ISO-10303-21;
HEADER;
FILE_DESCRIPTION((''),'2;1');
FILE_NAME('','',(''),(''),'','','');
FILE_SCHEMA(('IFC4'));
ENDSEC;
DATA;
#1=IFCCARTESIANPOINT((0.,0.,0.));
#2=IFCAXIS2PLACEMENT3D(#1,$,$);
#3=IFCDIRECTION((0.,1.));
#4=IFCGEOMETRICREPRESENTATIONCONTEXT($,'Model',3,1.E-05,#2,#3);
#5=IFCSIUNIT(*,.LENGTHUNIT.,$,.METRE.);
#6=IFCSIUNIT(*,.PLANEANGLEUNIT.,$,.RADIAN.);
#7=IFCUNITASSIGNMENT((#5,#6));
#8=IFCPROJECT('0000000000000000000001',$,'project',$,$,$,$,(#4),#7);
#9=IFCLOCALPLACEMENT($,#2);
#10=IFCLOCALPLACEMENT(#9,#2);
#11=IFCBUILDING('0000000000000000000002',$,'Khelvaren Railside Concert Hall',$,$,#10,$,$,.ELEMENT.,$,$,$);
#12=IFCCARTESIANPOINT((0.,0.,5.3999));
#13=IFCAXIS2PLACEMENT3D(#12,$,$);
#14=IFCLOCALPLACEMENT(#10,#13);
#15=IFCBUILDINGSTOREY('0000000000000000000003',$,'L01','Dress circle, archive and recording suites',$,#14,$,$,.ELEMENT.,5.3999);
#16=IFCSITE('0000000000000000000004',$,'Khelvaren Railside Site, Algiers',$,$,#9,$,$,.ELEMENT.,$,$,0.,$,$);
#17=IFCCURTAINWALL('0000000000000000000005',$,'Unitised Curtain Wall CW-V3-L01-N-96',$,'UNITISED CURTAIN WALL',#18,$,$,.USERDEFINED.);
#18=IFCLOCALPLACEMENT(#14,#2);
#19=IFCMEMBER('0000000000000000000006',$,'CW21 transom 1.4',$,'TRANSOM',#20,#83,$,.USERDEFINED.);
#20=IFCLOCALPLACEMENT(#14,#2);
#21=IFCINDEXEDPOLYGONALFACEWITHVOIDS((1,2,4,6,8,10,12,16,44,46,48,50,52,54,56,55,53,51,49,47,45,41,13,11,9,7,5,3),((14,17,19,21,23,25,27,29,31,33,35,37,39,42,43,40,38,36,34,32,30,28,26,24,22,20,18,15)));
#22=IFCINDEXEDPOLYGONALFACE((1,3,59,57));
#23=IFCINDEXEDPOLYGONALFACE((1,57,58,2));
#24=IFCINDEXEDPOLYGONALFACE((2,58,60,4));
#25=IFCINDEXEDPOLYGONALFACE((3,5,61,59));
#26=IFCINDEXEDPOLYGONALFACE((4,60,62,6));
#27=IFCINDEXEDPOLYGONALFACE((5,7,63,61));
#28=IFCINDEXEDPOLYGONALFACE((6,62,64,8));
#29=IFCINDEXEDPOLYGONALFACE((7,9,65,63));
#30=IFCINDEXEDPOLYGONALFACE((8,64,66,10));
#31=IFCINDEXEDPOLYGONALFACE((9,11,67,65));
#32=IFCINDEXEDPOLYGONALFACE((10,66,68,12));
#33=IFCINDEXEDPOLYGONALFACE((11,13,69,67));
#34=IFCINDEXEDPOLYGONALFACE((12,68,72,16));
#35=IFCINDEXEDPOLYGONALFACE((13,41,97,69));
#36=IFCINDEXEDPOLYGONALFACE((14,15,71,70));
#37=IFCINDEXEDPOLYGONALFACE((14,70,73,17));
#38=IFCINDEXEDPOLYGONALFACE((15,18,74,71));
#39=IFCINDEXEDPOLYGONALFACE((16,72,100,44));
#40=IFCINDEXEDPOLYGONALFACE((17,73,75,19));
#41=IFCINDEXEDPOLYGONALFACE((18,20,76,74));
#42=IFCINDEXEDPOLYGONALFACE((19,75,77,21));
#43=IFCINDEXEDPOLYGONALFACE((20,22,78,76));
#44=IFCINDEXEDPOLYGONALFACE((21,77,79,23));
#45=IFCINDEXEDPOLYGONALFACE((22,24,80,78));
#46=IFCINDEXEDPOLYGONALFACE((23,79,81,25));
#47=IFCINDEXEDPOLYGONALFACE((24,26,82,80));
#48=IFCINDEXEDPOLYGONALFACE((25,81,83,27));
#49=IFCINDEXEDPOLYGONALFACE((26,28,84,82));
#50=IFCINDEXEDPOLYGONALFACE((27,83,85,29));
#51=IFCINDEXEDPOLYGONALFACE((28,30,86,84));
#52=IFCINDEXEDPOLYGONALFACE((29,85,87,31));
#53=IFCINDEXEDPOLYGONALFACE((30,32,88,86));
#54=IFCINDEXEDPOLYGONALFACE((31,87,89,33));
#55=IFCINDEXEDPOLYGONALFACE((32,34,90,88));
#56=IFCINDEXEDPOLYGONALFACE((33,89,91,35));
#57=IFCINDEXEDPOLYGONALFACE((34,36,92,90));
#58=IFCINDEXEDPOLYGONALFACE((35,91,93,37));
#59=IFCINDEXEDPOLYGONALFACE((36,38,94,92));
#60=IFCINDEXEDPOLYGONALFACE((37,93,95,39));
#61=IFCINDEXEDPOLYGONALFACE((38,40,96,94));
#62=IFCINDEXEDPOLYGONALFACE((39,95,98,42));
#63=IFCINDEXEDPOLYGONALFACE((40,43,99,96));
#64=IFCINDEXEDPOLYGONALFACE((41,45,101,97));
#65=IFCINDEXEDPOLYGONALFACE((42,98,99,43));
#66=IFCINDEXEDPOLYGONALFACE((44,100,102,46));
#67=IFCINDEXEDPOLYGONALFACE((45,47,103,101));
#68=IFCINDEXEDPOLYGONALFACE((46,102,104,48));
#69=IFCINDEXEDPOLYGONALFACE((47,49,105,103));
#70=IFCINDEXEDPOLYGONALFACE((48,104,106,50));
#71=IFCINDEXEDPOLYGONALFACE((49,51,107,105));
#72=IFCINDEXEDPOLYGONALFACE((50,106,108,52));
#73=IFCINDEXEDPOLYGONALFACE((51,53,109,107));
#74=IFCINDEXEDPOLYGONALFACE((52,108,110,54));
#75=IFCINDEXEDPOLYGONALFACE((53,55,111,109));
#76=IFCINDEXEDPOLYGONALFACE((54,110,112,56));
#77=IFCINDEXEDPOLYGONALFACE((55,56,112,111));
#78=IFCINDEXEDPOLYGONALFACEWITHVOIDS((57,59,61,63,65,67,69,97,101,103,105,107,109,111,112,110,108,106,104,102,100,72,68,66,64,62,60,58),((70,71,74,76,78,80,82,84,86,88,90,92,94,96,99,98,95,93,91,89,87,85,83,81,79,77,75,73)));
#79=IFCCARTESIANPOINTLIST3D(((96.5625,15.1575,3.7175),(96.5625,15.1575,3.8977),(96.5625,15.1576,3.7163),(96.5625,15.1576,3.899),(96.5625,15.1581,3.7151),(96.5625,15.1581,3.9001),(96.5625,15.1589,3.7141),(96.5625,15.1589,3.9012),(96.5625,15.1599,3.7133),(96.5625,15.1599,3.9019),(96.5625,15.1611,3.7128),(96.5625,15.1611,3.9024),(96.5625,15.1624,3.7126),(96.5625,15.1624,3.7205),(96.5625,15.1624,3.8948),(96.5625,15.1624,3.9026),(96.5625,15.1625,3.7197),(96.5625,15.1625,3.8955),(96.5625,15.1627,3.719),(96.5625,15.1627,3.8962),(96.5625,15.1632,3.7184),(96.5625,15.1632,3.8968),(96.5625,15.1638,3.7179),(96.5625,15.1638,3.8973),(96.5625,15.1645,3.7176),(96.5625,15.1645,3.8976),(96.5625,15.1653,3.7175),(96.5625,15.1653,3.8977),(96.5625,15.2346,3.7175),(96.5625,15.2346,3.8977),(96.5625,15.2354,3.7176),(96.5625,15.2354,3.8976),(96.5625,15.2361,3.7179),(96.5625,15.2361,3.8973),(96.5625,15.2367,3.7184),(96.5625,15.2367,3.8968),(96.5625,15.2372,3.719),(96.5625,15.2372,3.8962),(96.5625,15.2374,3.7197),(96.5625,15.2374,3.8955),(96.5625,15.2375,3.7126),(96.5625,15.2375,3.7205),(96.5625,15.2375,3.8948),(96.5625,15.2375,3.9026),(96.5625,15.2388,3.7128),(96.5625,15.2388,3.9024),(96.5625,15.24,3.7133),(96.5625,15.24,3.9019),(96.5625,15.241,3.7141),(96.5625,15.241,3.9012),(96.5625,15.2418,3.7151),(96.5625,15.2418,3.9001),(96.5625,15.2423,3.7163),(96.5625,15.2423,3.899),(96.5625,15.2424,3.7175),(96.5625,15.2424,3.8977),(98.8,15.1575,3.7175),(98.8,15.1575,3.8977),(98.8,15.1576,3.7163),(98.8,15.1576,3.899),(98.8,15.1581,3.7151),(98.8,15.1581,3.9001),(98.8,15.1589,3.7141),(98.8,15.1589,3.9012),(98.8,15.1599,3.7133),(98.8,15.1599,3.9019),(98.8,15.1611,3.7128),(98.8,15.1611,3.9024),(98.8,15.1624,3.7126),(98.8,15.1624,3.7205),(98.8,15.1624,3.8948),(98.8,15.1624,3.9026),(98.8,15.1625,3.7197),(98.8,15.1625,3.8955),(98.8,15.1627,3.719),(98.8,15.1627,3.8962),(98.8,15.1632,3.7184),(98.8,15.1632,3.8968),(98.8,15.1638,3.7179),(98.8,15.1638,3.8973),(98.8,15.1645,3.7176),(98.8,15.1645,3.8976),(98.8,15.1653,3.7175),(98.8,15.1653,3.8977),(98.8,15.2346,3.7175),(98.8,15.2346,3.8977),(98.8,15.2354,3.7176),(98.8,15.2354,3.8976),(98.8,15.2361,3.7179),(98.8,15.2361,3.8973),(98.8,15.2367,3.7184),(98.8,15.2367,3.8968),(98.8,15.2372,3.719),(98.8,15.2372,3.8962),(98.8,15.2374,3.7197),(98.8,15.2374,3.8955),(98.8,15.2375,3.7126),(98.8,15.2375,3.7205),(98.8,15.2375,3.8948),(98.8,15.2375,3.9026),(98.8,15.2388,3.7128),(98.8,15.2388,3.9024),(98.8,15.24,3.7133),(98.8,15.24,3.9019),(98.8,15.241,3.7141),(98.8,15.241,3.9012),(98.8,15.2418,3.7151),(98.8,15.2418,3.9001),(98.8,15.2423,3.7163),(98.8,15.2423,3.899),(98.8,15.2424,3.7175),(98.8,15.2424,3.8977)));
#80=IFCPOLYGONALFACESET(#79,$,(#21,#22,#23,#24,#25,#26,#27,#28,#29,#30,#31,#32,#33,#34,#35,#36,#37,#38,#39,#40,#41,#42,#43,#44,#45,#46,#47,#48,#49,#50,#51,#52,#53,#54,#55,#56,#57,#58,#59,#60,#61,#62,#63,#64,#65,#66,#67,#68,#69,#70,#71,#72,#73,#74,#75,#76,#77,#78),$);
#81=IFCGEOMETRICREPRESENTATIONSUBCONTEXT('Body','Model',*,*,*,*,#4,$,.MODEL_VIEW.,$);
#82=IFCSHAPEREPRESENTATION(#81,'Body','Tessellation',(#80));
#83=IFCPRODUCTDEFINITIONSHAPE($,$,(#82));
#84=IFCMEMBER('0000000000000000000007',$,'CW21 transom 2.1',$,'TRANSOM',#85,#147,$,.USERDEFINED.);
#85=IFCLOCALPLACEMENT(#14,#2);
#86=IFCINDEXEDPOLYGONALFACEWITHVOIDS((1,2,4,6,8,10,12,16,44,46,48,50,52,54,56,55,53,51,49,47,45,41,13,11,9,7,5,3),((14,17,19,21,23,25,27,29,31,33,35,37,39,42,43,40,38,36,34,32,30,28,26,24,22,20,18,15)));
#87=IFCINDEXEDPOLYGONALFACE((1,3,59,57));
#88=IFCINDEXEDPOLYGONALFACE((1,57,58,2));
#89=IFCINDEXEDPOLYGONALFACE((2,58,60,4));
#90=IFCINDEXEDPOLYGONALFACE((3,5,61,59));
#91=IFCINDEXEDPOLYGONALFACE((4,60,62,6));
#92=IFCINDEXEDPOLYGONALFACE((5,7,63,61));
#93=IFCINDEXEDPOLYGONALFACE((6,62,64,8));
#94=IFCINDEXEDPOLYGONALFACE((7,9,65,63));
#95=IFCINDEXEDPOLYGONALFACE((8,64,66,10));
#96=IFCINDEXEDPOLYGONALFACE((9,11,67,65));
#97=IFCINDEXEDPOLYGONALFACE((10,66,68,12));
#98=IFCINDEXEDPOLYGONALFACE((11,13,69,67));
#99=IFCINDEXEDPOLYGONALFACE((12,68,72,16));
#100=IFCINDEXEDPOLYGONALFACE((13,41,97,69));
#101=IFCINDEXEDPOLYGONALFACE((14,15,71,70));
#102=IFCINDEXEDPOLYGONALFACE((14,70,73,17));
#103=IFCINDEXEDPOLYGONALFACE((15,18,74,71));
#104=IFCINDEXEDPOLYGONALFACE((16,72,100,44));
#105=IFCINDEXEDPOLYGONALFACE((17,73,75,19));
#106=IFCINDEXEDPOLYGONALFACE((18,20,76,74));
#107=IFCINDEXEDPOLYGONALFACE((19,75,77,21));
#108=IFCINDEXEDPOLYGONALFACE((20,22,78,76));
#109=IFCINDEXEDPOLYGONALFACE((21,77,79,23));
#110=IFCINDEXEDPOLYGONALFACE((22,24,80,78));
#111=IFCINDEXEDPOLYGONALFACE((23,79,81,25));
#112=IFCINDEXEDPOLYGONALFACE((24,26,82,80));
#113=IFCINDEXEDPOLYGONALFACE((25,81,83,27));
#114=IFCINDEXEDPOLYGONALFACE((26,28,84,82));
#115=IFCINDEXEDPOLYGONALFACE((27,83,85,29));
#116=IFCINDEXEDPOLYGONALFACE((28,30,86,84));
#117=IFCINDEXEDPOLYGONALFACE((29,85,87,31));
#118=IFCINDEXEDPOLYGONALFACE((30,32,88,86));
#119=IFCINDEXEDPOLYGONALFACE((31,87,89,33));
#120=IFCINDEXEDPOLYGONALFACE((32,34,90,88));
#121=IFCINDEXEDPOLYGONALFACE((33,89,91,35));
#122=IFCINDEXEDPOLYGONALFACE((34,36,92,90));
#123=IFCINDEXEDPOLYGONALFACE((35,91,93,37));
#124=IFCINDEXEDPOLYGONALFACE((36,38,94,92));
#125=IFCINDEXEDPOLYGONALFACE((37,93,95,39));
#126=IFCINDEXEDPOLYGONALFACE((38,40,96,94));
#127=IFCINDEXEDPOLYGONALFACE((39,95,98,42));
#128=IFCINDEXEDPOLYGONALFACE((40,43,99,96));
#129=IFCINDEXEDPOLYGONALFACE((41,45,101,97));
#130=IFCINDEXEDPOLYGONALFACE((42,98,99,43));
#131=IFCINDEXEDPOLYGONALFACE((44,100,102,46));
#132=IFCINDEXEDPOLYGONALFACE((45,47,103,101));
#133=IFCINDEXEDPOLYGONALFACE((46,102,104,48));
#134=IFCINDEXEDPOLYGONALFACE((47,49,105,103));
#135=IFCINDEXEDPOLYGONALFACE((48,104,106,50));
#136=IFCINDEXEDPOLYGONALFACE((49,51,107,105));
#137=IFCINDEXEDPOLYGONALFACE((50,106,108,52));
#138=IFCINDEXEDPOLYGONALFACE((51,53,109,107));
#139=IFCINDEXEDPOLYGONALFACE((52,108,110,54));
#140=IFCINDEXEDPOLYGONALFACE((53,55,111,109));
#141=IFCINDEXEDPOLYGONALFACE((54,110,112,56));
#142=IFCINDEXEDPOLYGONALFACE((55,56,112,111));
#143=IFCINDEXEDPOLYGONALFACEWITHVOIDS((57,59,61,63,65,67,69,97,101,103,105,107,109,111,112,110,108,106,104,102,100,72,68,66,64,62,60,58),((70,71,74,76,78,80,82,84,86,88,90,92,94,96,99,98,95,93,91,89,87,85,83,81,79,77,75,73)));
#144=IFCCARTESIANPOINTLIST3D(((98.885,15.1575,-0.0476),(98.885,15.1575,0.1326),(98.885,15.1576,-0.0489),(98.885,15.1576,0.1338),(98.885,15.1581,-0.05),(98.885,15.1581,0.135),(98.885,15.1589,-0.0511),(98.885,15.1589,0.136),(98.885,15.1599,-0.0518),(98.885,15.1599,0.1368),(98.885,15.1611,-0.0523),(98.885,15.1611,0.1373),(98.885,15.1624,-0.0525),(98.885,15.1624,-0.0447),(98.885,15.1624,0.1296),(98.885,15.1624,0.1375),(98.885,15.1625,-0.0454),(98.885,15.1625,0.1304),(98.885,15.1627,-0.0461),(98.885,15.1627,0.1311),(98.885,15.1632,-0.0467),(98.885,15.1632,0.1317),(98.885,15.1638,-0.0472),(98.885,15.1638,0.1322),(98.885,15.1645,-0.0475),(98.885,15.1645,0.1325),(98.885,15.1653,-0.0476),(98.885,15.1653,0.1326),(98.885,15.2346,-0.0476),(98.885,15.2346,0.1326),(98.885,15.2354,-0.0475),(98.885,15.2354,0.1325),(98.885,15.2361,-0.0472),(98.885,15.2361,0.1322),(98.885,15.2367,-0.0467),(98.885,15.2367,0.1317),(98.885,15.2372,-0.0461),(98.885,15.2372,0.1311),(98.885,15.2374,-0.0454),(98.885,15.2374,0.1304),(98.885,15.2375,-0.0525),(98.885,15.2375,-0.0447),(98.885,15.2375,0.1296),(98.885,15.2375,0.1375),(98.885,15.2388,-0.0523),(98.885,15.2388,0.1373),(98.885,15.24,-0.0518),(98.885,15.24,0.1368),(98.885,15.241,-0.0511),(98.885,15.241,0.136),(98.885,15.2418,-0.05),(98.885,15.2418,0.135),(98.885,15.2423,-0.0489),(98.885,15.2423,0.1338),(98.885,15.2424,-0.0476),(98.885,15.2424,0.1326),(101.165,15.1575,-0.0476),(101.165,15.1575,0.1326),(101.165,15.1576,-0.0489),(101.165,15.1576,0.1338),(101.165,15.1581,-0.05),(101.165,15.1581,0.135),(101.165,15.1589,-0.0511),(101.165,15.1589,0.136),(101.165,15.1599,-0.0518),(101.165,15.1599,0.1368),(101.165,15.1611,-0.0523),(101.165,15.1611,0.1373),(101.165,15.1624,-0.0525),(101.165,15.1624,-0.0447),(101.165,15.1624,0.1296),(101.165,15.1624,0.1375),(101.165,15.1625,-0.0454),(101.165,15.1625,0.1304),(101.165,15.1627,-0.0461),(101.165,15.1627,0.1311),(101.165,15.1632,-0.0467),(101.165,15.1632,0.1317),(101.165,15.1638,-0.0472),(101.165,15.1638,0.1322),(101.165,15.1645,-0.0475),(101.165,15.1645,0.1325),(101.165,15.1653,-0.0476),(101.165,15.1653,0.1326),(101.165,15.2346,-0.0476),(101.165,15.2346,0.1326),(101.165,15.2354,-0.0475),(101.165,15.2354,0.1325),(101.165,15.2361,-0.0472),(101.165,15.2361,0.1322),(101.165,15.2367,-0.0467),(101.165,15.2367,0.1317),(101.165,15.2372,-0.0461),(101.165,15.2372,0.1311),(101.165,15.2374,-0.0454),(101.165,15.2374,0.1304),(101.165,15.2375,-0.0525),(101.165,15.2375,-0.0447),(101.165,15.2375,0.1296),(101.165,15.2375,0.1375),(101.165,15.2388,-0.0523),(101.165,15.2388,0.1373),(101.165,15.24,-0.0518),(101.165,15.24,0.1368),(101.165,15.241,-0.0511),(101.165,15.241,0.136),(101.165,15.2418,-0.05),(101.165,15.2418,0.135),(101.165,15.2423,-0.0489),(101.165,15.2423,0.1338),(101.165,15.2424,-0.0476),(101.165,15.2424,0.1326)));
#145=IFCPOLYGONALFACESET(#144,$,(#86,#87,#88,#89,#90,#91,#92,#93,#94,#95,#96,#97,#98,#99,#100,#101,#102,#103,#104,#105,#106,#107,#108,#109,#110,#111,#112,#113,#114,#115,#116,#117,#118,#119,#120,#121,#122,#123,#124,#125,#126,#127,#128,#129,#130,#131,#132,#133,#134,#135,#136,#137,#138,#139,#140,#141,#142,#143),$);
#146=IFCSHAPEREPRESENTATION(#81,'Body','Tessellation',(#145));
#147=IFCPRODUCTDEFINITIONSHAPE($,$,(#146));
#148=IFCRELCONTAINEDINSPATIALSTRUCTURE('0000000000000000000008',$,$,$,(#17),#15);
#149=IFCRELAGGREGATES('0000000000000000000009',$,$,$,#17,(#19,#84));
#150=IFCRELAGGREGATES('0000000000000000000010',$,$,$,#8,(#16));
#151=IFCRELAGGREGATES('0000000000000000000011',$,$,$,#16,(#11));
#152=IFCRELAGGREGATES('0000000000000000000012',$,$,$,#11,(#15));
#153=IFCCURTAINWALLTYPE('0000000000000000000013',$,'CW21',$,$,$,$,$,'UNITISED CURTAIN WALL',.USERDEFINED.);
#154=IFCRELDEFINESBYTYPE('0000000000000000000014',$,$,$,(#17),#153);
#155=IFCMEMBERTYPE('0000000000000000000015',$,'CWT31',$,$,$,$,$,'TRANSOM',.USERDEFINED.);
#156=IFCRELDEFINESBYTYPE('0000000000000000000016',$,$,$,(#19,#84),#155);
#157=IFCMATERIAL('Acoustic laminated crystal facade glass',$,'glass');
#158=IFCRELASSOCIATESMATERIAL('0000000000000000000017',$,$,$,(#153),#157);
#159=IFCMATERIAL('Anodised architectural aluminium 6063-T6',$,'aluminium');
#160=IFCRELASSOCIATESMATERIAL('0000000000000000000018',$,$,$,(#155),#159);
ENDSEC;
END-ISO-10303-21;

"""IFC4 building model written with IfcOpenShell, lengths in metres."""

from ifc_helpers import new_model, si_unit, direction, frame, origin, origin_2d, place, context, subcontext, project, spatial, hollow_rectangle, extrude, material, material_profile, profile_set, type_object, element, aggregate, save


model = new_model("IFC4")

# Units and contexts
model_context = context("Model", 3, precision=1e-05, world=origin(), true_north=direction((0.0, 1.0)))
body_context = subcontext(model_context, "Body", "Model", "MODEL_VIEW")
ifc_project = project(units=[si_unit("LENGTHUNIT", "METRE"), si_unit("PLANEANGLEUNIT", "RADIAN")], contexts=[model_context])

# Site, building, storey
site_placement = place(None, origin())
site = spatial("IfcSite", under=ifc_project, at=site_placement, Name="Khelvaren Railside Site, Algiers", CompositionType="ELEMENT", RefElevation=0.0)
building_placement = place(site_placement, origin())
building = spatial("IfcBuilding", under=site, at=building_placement, Name="Khelvaren Railside Concert Hall", CompositionType="ELEMENT")
storey_placement = place(building_placement, frame((0.0, 0.0, 5.3999)))
storey = spatial("IfcBuildingStorey", under=building, at=storey_placement, Name="L01", Description="Dress circle, archive and recording suites", CompositionType="ELEMENT", Elevation=5.3999)

# Curtain wall
ifc_material_1 = material(Name="Acoustic laminated crystal facade glass", Category="glass")
ifc_material_2 = material(Name="Anodised architectural aluminium 6063-T6", Category="aluminium")
curtain_wall_type_1 = type_object("IfcCurtainWallType", Name="CW21", ElementType="UNITISED CURTAIN WALL", PredefinedType="USERDEFINED", material=ifc_material_1)
curtain_wall_1_placement = place(storey_placement, origin())
curtain_wall_1 = element("IfcCurtainWall", 1, at=curtain_wall_1_placement, inside=storey, type_object=curtain_wall_type_1, Name="Unitised Curtain Wall CW-V3-L01-N-96", ObjectType="UNITISED CURTAIN WALL", PredefinedType="USERDEFINED")

# Members
ifc_material_profile_1 = material_profile(ifc_material_2, hollow_rectangle(XDim=0.085, YDim=0.1899, WallThickness=0.0049, InnerFilletRadius=0.0029, OuterFilletRadius=0.0049, at=origin_2d()), Name="CWT 85x190x5")
ifc_profile_set_1 = profile_set([ifc_material_profile_1], Name="Anodised architectural aluminium 6063-T6")
member_type_1 = type_object("IfcMemberType", Name="CWT31", ElementType="TRANSOM", PredefinedType="USERDEFINED", material=ifc_profile_set_1)
member_1_placement = place(storey_placement, frame((96.5625, 15.2, 3.8076), z_axis=(1.0, 0.0, 0.0), x_axis=(0.0, 1.0, 0.0)))
member_1 = element("IfcMember", 2, at=member_1_placement, type_object=member_type_1, Name="CW21 transom 1.4", ObjectType="TRANSOM", PredefinedType="USERDEFINED", context=body_context, shape_type="SweptSolid", body=[
    extrude(hollow_rectangle(XDim=0.085, YDim=0.1899, WallThickness=0.0049, InnerFilletRadius=0.0029, OuterFilletRadius=0.0049, at=origin_2d()), origin(), (0.0, 0.0, 1.0), 2.2375),
])
member_2_placement = place(storey_placement, frame((98.885, 15.2, 0.0425), z_axis=(1.0, 0.0, 0.0), x_axis=(0.0, 1.0, 0.0)))
member_2 = element("IfcMember", 3, at=member_2_placement, type_object=member_type_1, Name="CW21 transom 2.1", ObjectType="TRANSOM", PredefinedType="USERDEFINED", context=body_context, shape_type="SweptSolid", body=[
    extrude(hollow_rectangle(XDim=0.085, YDim=0.1899, WallThickness=0.0049, InnerFilletRadius=0.0029, OuterFilletRadius=0.0049, at=origin_2d()), origin(), (0.0, 0.0, 1.0), 2.28),
])

aggregate(curtain_wall_1, [member_1, member_2])

save(model, "model.ifc")
